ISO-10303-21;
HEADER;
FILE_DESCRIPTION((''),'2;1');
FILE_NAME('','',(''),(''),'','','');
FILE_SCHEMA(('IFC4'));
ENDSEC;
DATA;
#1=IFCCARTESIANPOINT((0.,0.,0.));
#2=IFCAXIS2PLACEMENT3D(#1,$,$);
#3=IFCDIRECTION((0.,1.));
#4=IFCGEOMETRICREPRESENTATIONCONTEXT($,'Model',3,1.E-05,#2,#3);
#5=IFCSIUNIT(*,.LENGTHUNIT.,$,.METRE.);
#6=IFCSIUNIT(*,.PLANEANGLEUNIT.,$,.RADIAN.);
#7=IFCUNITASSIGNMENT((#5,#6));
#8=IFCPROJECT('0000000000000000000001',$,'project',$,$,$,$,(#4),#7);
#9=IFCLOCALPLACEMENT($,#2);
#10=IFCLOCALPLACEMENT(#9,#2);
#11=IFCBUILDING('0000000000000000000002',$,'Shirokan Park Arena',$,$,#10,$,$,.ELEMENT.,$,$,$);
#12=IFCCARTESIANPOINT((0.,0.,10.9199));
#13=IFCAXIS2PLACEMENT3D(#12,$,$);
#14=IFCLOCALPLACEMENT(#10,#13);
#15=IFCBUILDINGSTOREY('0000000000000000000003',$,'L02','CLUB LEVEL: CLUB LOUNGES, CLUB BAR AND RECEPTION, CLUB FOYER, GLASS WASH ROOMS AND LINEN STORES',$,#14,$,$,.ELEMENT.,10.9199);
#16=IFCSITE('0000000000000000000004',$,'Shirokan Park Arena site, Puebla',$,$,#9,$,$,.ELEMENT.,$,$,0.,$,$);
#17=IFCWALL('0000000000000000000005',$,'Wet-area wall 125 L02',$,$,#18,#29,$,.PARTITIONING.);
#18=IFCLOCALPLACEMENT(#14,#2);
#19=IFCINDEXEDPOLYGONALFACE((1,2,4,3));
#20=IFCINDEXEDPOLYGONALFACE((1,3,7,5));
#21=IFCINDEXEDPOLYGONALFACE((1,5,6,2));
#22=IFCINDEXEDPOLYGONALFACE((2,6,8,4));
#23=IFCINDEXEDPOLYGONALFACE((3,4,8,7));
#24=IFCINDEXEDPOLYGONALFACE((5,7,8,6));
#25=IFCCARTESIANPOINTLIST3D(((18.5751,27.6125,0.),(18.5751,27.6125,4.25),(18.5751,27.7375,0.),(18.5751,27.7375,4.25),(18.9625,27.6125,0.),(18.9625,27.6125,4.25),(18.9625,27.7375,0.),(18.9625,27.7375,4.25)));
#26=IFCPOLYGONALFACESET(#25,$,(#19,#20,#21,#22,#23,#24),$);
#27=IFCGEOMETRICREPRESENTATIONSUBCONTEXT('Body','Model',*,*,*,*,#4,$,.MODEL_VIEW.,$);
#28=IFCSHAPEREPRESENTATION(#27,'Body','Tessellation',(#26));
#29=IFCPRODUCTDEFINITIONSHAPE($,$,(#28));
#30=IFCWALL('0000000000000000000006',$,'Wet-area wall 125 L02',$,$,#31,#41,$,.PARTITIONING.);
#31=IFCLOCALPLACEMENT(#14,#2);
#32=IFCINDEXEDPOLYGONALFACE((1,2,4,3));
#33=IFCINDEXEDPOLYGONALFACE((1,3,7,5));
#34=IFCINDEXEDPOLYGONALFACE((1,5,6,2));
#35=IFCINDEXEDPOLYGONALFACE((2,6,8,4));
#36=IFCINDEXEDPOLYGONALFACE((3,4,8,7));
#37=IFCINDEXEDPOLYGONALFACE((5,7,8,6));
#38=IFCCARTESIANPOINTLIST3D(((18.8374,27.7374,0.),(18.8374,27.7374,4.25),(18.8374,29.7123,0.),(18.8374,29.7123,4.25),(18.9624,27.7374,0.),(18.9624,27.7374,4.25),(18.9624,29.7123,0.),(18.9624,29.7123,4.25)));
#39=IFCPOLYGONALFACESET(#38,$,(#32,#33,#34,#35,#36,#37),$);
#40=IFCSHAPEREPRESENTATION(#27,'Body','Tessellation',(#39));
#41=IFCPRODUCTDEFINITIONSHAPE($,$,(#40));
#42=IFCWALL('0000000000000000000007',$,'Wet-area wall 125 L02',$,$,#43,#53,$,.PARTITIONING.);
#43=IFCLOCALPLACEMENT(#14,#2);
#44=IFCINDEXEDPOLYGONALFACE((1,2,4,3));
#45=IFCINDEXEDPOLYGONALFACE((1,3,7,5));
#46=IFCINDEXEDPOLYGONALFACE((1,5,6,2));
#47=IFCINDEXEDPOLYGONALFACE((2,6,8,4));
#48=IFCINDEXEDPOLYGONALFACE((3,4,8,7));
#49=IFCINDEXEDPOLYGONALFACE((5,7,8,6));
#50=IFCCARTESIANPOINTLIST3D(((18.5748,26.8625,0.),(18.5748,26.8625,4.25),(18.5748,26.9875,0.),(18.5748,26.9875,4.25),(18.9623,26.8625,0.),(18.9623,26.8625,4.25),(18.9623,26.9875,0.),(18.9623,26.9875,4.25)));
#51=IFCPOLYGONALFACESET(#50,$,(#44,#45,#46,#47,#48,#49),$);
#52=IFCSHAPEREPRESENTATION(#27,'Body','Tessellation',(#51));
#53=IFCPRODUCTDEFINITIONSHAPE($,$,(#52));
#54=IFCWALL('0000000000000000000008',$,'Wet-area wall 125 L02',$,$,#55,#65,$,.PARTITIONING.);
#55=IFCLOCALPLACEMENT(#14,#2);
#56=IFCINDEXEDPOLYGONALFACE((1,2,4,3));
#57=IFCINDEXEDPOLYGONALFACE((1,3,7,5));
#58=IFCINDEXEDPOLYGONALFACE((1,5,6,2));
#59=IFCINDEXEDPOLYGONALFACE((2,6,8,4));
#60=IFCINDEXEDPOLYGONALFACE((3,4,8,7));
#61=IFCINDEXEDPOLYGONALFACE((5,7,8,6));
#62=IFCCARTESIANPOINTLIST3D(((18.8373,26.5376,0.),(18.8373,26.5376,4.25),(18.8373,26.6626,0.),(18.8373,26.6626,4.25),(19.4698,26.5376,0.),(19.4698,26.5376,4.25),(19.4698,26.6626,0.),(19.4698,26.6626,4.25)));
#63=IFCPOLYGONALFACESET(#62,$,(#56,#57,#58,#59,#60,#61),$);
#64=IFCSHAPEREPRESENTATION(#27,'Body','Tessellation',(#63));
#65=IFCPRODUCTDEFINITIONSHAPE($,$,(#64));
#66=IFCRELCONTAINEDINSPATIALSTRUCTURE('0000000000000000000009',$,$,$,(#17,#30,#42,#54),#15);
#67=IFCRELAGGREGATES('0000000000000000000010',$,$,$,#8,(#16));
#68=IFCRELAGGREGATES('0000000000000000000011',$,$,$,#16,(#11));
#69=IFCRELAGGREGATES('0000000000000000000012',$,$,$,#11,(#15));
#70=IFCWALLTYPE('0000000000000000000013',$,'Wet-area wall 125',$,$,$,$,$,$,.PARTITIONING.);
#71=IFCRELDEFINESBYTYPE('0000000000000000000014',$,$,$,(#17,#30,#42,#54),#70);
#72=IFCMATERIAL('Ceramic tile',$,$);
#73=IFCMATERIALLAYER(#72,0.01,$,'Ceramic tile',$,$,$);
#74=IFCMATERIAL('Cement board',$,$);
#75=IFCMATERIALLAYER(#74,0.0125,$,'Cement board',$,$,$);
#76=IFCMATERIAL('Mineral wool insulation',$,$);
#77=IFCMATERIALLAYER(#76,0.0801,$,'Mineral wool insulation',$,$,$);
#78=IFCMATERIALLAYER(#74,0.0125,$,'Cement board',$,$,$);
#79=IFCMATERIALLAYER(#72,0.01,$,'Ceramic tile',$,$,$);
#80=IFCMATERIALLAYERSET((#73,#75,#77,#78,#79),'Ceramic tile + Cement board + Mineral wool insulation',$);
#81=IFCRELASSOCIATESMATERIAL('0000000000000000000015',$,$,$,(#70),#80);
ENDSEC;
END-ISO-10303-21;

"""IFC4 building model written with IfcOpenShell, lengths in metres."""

from ifc_helpers import new_model, si_unit, direction, frame, frame_2d, origin, place, context, subcontext, project, spatial, rectangle, extrude, material, layer, layer_set, type_object, element, save


model = new_model("IFC4")

# Units and contexts
model_context = context("Model", 3, precision=1e-05, world=origin(), true_north=direction((0.0, 1.0)))
body_context = subcontext(model_context, "Body", "Model", "MODEL_VIEW")
ifc_project = project(units=[si_unit("LENGTHUNIT", "METRE"), si_unit("PLANEANGLEUNIT", "RADIAN")], contexts=[model_context])

# Site, building, storey
site_placement = place(None, origin())
site = spatial("IfcSite", under=ifc_project, at=site_placement, Name="Shirokan Park Arena site, Puebla", CompositionType="ELEMENT", RefElevation=0.0)
building_placement = place(site_placement, origin())
building = spatial("IfcBuilding", under=site, at=building_placement, Name="Shirokan Park Arena", CompositionType="ELEMENT")
storey_placement = place(building_placement, frame((0.0, 0.0, 10.9199)))
storey = spatial("IfcBuildingStorey", under=building, at=storey_placement, Name="L02", Description="CLUB LEVEL: CLUB LOUNGES, CLUB BAR AND RECEPTION, CLUB FOYER, GLASS WASH ROOMS AND LINEN STORES", CompositionType="ELEMENT", Elevation=10.9199)

# Walls
ifc_material_1 = material(Name="Ceramic tile")
ifc_layer_1 = layer(ifc_material_1, 0.01, Name="Ceramic tile")
ifc_material_2 = material(Name="Cement board")
ifc_layer_2 = layer(ifc_material_2, 0.0125, Name="Cement board")
ifc_material_3 = material(Name="Mineral wool insulation")
ifc_layer_3 = layer(ifc_material_3, 0.0801, Name="Mineral wool insulation")
ifc_layer_4 = layer(ifc_material_2, 0.0125, Name="Cement board")
ifc_layer_5 = layer(ifc_material_1, 0.01, Name="Ceramic tile")
ifc_layer_set_1 = layer_set([ifc_layer_1, ifc_layer_2, ifc_layer_3, ifc_layer_4, ifc_layer_5], Name="Ceramic tile + Cement board + Mineral wool insulation")
wall_type_1 = type_object("IfcWallType", Name="Wet-area wall 125", PredefinedType="PARTITIONING", material=ifc_layer_set_1)
wall_1_placement = place(storey_placement, frame((18.575, 27.675, 0.0), z_axis=(0.0, 0.0, 1.0), x_axis=(1.0, 0.0, 0.0)))
element("IfcWall", 1, at=wall_1_placement, inside=storey, type_object=wall_type_1, Name="Wet-area wall 125 L02", PredefinedType="PARTITIONING", context=body_context, shape_type="SweptSolid", body=[
    extrude(rectangle(XDim=0.3875, YDim=0.125, at=frame_2d((0.1938, 0.0))), origin(), (0.0, 0.0, 1.0), 4.25),
])
wall_2_placement = place(storey_placement, frame((18.8999, 27.7375, 0.0), z_axis=(0.0, 0.0, 1.0), x_axis=(0.0, 1.0, 0.0)))
element("IfcWall", 2, at=wall_2_placement, inside=storey, type_object=wall_type_1, Name="Wet-area wall 125 L02", PredefinedType="PARTITIONING", context=body_context, shape_type="SweptSolid", body=[
    extrude(rectangle(XDim=1.9749, YDim=0.125, at=frame_2d((0.9873, 0.0))), origin(), (0.0, 0.0, 1.0), 4.25),
])
wall_3_placement = place(storey_placement, frame((18.9624, 26.925, 0.0), z_axis=(0.0, 0.0, 1.0), x_axis=(-1.0, 0.0, 0.0)))
element("IfcWall", 3, at=wall_3_placement, inside=storey, type_object=wall_type_1, Name="Wet-area wall 125 L02", PredefinedType="PARTITIONING", context=body_context, shape_type="SweptSolid", body=[
    extrude(rectangle(XDim=0.3875, YDim=0.125, at=frame_2d((0.1938, 0.0))), origin(), (0.0, 0.0, 1.0), 4.25),
])
wall_4_placement = place(storey_placement, frame((19.47, 26.6001, 0.0), z_axis=(0.0, 0.0, 1.0), x_axis=(-1.0, 0.0, 0.0)))
element("IfcWall", 4, at=wall_4_placement, inside=storey, type_object=wall_type_1, Name="Wet-area wall 125 L02", PredefinedType="PARTITIONING", context=body_context, shape_type="SweptSolid", body=[
    extrude(rectangle(XDim=0.6326, YDim=0.125, at=frame_2d((0.3164, 0.0))), origin(), (0.0, 0.0, 1.0), 4.25),
])

save(model, "model.ifc")
